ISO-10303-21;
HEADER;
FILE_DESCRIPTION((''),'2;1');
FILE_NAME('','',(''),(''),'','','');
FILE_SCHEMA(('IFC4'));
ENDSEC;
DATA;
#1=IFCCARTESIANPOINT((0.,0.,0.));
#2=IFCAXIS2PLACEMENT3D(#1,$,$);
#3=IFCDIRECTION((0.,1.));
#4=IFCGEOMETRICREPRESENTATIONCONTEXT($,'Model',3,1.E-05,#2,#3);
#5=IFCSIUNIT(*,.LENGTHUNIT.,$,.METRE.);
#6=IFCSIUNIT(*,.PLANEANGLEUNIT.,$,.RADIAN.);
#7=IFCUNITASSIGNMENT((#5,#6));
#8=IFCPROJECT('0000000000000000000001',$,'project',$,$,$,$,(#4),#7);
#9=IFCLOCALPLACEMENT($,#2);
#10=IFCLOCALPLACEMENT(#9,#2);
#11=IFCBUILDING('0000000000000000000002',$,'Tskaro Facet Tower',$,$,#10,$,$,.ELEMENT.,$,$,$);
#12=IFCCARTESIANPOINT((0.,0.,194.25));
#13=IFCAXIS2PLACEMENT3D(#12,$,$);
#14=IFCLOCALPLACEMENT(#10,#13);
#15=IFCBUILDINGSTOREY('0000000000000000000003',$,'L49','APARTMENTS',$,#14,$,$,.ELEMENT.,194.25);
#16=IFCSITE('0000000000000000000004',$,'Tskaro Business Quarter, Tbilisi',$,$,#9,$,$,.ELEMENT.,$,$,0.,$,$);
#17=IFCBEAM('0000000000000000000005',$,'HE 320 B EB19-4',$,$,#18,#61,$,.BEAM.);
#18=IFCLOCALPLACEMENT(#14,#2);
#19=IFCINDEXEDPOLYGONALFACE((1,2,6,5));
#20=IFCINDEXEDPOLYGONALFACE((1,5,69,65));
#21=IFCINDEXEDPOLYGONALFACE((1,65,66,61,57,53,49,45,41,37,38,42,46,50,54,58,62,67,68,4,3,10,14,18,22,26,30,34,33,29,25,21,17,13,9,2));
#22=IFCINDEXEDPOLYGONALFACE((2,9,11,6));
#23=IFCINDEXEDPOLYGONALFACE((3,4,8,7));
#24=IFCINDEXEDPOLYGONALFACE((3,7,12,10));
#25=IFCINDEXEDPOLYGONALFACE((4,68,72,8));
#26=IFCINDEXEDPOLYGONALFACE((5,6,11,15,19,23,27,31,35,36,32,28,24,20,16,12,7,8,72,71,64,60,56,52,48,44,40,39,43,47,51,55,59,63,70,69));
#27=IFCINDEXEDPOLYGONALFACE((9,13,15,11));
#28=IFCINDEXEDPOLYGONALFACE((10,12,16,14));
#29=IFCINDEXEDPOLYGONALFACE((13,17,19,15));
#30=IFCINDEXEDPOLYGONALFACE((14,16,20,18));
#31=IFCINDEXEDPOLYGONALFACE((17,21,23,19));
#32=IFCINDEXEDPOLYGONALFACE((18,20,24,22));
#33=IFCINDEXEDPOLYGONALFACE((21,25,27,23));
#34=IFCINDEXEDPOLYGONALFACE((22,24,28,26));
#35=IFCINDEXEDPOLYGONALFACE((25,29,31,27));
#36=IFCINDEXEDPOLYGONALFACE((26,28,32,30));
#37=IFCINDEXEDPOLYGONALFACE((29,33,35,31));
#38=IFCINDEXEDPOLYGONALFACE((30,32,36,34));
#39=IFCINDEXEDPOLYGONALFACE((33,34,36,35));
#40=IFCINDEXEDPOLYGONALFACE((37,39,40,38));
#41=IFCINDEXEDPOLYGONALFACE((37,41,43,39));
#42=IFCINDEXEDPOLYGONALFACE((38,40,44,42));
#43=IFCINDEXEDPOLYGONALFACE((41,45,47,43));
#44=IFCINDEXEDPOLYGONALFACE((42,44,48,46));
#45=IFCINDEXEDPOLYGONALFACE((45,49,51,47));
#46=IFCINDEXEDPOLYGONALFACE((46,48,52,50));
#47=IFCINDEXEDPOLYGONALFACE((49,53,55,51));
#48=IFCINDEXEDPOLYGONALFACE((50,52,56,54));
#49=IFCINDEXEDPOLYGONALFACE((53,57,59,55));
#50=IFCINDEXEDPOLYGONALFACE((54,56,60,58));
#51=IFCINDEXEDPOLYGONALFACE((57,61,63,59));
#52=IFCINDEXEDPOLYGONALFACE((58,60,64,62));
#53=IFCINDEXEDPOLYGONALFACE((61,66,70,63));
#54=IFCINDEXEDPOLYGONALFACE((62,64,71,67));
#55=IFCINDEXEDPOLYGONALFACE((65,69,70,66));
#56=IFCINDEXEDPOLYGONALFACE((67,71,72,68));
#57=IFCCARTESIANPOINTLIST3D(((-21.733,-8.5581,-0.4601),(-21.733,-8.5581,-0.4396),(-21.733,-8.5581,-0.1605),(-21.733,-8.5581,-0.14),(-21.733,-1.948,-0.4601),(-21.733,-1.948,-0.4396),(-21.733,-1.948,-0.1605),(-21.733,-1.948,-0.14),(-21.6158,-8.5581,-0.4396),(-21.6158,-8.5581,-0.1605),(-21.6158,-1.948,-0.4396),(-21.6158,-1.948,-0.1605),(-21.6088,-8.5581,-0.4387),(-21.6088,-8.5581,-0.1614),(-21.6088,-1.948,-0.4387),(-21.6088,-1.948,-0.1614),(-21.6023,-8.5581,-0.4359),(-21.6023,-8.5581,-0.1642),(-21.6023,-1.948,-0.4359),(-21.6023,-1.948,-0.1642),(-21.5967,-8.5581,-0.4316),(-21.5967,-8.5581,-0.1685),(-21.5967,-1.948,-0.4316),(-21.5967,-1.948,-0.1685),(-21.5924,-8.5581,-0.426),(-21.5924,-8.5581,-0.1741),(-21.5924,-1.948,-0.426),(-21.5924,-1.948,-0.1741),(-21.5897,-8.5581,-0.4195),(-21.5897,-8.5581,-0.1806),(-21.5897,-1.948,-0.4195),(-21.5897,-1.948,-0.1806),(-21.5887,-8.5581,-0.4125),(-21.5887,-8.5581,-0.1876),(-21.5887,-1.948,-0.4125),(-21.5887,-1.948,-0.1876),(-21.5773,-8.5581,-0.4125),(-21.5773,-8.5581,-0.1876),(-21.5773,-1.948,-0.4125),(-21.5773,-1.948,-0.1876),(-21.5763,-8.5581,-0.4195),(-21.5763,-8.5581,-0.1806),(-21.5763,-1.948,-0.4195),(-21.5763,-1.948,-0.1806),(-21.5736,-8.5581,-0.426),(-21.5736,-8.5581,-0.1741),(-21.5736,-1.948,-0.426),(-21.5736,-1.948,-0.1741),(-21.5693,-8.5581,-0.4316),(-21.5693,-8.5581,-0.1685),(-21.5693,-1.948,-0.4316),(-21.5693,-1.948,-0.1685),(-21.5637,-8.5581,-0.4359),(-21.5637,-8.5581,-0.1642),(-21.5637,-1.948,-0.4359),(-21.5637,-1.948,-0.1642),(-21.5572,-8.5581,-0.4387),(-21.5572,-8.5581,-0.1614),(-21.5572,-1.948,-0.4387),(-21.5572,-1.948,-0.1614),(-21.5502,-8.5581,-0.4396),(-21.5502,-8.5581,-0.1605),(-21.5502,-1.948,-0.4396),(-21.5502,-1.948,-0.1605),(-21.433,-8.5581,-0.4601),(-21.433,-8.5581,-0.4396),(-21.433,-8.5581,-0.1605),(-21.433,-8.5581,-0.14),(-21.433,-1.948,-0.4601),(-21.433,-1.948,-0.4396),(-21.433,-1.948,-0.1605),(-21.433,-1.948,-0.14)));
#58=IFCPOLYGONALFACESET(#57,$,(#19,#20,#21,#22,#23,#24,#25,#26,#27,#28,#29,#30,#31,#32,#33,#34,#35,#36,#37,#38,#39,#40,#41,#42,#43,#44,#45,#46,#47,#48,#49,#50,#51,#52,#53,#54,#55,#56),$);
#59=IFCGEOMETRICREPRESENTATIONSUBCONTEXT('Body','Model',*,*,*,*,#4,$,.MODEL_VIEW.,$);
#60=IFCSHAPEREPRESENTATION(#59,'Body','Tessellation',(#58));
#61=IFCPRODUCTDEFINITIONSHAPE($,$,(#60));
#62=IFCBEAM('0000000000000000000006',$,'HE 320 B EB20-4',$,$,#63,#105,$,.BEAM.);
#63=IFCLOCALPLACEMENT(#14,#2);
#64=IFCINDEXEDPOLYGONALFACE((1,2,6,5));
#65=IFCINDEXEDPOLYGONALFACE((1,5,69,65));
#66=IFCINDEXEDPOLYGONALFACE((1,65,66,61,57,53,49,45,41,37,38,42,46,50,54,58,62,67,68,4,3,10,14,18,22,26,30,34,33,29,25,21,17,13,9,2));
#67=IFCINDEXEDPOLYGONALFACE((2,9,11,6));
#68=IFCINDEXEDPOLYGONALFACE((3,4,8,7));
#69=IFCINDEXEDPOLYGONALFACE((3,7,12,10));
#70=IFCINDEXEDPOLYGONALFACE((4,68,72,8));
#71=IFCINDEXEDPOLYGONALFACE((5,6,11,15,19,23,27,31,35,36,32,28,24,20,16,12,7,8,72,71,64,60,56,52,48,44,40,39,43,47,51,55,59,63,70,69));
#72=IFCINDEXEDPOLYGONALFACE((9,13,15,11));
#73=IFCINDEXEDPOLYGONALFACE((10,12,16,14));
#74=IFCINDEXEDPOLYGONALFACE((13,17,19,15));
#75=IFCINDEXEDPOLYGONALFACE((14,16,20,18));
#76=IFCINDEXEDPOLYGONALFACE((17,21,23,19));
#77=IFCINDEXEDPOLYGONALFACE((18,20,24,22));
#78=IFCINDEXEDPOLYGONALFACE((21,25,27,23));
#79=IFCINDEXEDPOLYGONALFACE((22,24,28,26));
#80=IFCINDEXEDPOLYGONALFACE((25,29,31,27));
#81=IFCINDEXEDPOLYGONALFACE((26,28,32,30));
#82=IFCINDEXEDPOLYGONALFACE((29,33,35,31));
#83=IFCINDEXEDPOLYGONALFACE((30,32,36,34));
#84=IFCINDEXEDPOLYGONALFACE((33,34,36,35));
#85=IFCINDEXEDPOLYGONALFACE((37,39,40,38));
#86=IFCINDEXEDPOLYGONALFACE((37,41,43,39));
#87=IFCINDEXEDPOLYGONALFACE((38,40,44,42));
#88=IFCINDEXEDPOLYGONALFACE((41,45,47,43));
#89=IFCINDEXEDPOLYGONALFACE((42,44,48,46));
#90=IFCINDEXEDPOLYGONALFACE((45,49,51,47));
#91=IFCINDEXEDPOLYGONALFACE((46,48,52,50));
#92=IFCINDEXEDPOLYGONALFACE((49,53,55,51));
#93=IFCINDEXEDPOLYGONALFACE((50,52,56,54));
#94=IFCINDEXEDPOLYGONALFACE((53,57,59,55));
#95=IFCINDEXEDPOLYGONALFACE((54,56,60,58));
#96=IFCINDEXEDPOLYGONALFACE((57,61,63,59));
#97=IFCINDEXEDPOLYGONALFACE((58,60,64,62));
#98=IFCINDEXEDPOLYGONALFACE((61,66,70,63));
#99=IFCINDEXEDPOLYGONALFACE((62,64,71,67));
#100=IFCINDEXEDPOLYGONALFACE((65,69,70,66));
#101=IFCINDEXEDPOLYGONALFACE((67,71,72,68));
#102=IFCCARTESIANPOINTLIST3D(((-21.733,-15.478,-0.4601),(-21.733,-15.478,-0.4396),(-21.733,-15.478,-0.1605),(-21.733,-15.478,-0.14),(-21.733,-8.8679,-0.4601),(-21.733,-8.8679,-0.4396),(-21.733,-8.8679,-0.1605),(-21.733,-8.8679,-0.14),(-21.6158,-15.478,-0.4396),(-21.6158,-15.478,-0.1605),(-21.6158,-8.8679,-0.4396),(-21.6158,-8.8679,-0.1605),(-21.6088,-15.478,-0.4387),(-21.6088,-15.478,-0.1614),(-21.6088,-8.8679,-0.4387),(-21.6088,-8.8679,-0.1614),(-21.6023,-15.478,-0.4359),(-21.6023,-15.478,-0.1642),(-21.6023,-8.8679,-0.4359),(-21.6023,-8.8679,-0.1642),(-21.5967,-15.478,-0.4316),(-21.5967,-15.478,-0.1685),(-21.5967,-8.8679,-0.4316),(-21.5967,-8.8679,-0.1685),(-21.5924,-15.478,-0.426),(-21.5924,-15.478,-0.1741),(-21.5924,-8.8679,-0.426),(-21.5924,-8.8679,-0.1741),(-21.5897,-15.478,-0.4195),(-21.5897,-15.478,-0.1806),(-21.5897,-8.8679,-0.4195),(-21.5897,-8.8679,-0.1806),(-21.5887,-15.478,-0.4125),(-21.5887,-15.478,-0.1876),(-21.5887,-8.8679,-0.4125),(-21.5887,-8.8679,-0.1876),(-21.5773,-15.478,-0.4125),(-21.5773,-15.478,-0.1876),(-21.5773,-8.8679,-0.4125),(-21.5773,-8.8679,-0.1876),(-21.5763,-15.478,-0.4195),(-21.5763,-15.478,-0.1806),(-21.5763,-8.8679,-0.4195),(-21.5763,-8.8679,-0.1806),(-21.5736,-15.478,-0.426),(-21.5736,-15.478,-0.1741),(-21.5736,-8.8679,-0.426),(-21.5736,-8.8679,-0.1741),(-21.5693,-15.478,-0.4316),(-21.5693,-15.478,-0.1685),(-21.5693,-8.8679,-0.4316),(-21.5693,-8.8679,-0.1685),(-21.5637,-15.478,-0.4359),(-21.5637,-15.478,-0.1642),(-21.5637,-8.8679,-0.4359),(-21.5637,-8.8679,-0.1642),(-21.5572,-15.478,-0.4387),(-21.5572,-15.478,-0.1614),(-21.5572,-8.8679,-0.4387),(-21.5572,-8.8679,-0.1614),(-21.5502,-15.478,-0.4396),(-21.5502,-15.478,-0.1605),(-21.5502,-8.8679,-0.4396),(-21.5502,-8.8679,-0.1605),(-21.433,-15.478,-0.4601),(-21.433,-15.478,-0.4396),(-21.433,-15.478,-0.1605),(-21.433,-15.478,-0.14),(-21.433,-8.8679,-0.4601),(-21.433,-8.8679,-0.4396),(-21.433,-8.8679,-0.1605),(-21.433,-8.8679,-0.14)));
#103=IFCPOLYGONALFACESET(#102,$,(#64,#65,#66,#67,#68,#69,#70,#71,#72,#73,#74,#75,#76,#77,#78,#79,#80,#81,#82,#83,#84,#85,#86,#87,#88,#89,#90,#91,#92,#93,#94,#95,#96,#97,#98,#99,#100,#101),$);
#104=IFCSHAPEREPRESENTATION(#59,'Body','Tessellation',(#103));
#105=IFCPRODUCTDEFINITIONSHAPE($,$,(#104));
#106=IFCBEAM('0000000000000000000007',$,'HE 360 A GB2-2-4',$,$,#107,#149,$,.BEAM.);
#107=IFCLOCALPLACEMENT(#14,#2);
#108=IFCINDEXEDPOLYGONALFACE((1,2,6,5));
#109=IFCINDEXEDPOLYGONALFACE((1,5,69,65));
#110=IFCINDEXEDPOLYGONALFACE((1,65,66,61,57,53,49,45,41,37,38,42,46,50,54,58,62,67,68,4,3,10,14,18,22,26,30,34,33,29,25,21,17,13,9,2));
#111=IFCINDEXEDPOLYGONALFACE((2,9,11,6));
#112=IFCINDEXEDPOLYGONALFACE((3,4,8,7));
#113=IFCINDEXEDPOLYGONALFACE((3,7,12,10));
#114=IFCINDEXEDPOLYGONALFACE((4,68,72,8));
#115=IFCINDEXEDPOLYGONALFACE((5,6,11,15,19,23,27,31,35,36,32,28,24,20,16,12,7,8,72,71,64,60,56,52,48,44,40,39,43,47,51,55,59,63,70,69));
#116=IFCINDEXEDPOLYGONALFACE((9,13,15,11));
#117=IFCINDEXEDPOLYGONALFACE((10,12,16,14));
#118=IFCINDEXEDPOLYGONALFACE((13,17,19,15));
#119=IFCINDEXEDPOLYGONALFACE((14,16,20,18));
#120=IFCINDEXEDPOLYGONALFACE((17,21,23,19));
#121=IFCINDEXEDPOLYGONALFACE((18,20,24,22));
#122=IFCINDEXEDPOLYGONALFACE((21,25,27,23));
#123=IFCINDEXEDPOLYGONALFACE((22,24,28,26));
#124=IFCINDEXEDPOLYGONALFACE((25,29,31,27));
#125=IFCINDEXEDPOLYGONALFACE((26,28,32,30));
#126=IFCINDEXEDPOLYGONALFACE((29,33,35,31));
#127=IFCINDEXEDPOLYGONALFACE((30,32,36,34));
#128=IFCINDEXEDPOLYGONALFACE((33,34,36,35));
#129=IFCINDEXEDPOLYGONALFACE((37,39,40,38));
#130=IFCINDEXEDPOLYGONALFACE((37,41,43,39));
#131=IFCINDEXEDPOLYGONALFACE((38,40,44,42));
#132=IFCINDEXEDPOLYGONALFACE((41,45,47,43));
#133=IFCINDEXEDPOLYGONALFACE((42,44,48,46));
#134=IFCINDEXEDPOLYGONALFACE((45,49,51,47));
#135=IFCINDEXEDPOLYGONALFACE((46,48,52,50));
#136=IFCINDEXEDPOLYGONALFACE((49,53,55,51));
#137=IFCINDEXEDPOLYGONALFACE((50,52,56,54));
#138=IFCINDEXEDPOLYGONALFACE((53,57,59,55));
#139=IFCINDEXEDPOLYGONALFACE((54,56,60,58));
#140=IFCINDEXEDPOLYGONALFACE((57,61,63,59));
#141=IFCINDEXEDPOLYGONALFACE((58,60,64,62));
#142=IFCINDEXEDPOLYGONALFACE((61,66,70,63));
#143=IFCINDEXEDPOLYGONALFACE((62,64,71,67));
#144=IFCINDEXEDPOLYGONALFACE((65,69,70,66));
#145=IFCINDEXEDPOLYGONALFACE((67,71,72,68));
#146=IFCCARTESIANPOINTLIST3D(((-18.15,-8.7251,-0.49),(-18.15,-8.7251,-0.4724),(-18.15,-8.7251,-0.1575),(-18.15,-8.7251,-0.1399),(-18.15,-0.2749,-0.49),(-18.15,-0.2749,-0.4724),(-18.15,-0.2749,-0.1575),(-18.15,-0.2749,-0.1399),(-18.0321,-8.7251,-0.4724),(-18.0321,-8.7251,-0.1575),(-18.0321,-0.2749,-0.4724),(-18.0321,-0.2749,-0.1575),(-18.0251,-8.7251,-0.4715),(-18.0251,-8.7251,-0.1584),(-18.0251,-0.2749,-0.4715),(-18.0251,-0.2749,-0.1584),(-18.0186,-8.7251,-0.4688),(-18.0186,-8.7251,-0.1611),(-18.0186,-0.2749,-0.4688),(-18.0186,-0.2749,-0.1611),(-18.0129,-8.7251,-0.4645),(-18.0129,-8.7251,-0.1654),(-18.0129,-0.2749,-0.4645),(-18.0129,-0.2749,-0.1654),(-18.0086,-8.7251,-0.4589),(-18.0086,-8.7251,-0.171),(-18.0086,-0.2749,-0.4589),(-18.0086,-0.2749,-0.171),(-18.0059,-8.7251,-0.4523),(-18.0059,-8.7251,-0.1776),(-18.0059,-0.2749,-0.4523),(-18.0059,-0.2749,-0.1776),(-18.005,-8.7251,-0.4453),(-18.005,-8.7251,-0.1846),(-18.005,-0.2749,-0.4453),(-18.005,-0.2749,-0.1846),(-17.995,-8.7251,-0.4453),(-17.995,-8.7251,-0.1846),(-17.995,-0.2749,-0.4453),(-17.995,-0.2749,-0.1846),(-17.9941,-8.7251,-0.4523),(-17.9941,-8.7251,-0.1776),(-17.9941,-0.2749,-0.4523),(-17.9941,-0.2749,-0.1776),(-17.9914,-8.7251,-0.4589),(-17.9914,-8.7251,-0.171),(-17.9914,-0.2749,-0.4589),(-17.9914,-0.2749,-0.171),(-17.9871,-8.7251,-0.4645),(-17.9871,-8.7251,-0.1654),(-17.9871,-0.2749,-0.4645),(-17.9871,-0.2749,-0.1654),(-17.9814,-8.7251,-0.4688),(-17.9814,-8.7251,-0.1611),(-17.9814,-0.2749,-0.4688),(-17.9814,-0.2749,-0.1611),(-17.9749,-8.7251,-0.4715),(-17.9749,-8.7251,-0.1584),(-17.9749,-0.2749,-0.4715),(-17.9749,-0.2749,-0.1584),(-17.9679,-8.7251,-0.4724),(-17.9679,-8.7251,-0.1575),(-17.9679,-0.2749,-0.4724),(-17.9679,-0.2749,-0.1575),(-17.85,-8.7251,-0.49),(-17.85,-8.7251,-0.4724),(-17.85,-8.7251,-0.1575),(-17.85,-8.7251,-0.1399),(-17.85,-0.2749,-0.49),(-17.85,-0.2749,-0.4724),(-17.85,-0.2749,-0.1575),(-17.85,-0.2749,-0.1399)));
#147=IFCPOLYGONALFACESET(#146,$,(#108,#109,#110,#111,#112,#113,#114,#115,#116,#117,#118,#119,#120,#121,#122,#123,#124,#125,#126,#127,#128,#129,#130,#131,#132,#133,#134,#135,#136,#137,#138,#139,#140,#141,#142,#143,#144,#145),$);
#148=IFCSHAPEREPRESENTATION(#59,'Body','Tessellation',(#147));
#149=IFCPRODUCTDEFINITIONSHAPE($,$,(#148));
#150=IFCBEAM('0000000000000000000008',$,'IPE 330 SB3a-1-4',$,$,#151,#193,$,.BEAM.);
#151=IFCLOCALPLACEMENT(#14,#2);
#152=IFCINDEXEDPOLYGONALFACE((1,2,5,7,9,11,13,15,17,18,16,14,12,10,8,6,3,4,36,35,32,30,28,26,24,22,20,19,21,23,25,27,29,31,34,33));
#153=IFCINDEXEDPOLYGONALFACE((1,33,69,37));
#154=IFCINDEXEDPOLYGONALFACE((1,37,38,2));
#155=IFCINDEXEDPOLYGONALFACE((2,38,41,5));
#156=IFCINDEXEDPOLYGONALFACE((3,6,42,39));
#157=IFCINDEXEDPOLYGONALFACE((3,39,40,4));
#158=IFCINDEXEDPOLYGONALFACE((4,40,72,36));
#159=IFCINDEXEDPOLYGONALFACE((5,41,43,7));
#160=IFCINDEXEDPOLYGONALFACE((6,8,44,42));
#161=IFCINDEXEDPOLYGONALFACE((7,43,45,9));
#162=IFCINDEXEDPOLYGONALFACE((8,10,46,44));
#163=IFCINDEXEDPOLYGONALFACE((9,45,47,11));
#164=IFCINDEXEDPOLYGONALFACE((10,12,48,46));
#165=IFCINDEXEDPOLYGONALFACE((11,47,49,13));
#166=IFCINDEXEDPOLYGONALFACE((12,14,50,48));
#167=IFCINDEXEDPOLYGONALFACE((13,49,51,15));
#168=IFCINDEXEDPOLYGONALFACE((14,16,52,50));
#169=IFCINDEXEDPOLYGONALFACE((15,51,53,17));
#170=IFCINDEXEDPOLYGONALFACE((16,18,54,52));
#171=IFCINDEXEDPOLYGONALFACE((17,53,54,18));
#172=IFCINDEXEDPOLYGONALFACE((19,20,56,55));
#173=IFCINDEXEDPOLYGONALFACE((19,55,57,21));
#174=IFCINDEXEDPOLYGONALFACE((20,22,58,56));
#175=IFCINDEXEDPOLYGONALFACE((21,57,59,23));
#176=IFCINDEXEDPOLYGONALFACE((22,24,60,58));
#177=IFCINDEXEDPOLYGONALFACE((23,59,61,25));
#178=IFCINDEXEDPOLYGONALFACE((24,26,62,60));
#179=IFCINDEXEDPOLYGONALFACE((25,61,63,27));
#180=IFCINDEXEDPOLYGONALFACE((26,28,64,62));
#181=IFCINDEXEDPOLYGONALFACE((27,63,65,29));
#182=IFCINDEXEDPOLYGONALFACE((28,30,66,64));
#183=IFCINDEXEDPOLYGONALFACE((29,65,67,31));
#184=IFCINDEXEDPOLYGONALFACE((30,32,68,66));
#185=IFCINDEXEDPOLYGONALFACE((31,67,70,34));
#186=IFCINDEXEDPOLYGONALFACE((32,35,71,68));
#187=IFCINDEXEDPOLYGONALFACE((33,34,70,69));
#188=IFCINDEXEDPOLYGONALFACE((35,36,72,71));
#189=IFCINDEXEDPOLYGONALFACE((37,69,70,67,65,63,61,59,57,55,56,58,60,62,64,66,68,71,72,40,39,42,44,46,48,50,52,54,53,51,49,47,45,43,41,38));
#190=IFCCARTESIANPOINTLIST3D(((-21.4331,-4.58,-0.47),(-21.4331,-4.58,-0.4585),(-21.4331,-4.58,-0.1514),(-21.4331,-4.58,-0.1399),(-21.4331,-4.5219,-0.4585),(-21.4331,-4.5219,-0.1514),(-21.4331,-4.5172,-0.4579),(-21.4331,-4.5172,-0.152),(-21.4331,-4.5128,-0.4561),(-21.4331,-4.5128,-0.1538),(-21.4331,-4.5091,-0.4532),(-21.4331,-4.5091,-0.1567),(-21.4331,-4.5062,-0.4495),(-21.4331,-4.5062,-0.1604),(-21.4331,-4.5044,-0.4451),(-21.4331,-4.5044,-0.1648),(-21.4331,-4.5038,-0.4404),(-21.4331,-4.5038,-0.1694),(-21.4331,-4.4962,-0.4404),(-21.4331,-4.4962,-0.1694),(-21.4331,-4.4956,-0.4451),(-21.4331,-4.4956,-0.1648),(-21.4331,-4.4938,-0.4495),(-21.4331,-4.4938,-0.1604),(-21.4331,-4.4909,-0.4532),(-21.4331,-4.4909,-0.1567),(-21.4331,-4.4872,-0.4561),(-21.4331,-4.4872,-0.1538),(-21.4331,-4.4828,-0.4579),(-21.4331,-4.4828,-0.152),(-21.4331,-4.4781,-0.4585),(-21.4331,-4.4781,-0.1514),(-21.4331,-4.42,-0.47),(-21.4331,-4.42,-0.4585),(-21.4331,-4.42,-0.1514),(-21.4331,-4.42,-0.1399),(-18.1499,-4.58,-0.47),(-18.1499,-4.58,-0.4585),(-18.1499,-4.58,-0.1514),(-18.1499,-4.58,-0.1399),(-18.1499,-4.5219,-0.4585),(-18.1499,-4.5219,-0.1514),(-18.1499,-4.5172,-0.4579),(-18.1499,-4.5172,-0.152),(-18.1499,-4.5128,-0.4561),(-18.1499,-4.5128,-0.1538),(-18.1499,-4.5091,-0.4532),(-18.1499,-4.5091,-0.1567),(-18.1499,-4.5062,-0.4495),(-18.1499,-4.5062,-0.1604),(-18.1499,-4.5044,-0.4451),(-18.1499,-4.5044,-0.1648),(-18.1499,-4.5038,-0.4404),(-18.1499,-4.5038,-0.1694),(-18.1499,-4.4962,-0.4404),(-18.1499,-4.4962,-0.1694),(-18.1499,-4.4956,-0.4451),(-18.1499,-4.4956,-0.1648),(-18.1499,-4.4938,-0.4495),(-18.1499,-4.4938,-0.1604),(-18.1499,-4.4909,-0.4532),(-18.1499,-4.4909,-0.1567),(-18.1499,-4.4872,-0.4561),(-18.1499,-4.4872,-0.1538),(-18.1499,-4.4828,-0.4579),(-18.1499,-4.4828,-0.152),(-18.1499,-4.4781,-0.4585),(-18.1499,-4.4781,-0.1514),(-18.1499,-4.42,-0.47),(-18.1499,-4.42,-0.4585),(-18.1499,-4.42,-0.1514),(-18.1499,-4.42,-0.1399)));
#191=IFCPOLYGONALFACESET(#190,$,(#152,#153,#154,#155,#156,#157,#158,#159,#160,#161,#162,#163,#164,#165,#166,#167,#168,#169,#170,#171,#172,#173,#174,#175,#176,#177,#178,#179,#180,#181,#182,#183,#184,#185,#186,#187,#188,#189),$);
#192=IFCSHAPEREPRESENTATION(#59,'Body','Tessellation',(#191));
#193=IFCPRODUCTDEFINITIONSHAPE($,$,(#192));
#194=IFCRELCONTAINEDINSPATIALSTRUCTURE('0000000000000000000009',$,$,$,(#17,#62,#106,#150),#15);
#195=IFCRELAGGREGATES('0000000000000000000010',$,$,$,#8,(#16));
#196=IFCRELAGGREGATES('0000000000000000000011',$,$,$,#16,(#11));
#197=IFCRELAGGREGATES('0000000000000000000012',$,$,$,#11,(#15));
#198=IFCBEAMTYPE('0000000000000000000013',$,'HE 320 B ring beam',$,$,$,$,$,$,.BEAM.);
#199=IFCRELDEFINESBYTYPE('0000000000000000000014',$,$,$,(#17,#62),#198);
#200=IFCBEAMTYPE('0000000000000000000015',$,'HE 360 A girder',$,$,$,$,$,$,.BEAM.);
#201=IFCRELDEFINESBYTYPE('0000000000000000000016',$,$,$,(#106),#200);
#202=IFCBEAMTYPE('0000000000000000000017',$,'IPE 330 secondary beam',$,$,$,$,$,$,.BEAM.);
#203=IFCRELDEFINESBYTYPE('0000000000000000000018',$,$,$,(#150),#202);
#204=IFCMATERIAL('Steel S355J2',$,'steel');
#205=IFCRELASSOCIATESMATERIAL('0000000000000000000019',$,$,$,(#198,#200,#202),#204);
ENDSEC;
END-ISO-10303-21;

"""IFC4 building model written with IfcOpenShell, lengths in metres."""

from ifc_helpers import new_model, si_unit, direction, frame, origin, origin_2d, place, context, subcontext, project, spatial, i_section, extrude, material, material_profile, profile_set, type_object, element, save


model = new_model("IFC4")

# Units and contexts
model_context = context("Model", 3, precision=1e-05, world=origin(), true_north=direction((0.0, 1.0)))
body_context = subcontext(model_context, "Body", "Model", "MODEL_VIEW")
ifc_project = project(units=[si_unit("LENGTHUNIT", "METRE"), si_unit("PLANEANGLEUNIT", "RADIAN")], contexts=[model_context])

# Site, building, storey
site_placement = place(None, origin())
site = spatial("IfcSite", under=ifc_project, at=site_placement, Name="Tskaro Business Quarter, Tbilisi", CompositionType="ELEMENT", RefElevation=0.0)
building_placement = place(site_placement, origin())
building = spatial("IfcBuilding", under=site, at=building_placement, Name="Tskaro Facet Tower", CompositionType="ELEMENT")
storey_placement = place(building_placement, frame((0.0, 0.0, 194.25)))
storey = spatial("IfcBuildingStorey", under=building, at=storey_placement, Name="L49", Description="APARTMENTS", CompositionType="ELEMENT", Elevation=194.25)

# Beams
ifc_material_1 = material(Name="Steel S355J2", Category="steel")
ifc_material_profile_1 = material_profile(ifc_material_1, i_section(OverallWidth=0.3, OverallDepth=0.3201, WebThickness=0.0115, FlangeThickness=0.0205, FilletRadius=0.0271, at=origin_2d()), Name="HE 320 B")
ifc_profile_set_1 = profile_set([ifc_material_profile_1], Name="Steel S355J2")
beam_type_1 = type_object("IfcBeamType", Name="HE 320 B ring beam", PredefinedType="BEAM", material=ifc_profile_set_1)
for number, where, z_axis, x_axis, name in (
    (1, (-21.583, -1.948, -0.3), (0.0, -1.0, 0.0), (1.0, 0.0, 0.0), "HE 320 B EB19-4"),
    (2, (-21.583, -8.8679, -0.3), (0.0, -1.0, 0.0), (1.0, 0.0, 0.0), "HE 320 B EB20-4"),
):
    element("IfcBeam", number, at=place(storey_placement, frame(where, z_axis=z_axis, x_axis=x_axis)), inside=storey, type_object=beam_type_1, Name=name, PredefinedType="BEAM", context=body_context, shape_type="SweptSolid", body=[
        extrude(i_section(OverallWidth=0.3, OverallDepth=0.3201, WebThickness=0.0115, FlangeThickness=0.0205, FilletRadius=0.0271, at=origin_2d()), origin(), (0.0, 0.0, 1.0), 6.6101),
    ])
ifc_material_profile_2 = material_profile(ifc_material_1, i_section(OverallWidth=0.3, OverallDepth=0.3501, WebThickness=0.01, FlangeThickness=0.0176, FilletRadius=0.0271, at=origin_2d()), Name="HE 360 A")
ifc_profile_set_2 = profile_set([ifc_material_profile_2], Name="Steel S355J2")
beam_type_2 = type_object("IfcBeamType", Name="HE 360 A girder", PredefinedType="BEAM", material=ifc_profile_set_2)
beam_1_placement = place(storey_placement, frame((-18.0, -8.7251, -0.3149), z_axis=(0.0, 1.0, 0.0), x_axis=(-1.0, 0.0, 0.0)))
element("IfcBeam", 3, at=beam_1_placement, inside=storey, type_object=beam_type_2, Name="HE 360 A GB2-2-4", PredefinedType="BEAM", context=body_context, shape_type="SweptSolid", body=[
    extrude(i_section(OverallWidth=0.3, OverallDepth=0.3501, WebThickness=0.01, FlangeThickness=0.0176, FilletRadius=0.0271, at=origin_2d()), origin(), (0.0, 0.0, 1.0), 8.4502),
])
ifc_material_profile_3 = material_profile(ifc_material_1, i_section(OverallWidth=0.1599, OverallDepth=0.3301, WebThickness=0.0076, FlangeThickness=0.0115, FilletRadius=0.0181, at=origin_2d()), Name="IPE 330")
ifc_profile_set_3 = profile_set([ifc_material_profile_3], Name="Steel S355J2")
beam_type_3 = type_object("IfcBeamType", Name="IPE 330 secondary beam", PredefinedType="BEAM", material=ifc_profile_set_3)
beam_2_placement = place(storey_placement, frame((-21.4331, -4.5, -0.3049), z_axis=(1.0, 0.0, 0.0), x_axis=(0.0, 1.0, 0.0)))
element("IfcBeam", 4, at=beam_2_placement, inside=storey, type_object=beam_type_3, Name="IPE 330 SB3a-1-4", PredefinedType="BEAM", context=body_context, shape_type="SweptSolid", body=[
    extrude(i_section(OverallWidth=0.1599, OverallDepth=0.3301, WebThickness=0.0076, FlangeThickness=0.0115, FilletRadius=0.0181, at=origin_2d()), origin(), (0.0, 0.0, 1.0), 3.2832),
])

save(model, "model.ifc")
